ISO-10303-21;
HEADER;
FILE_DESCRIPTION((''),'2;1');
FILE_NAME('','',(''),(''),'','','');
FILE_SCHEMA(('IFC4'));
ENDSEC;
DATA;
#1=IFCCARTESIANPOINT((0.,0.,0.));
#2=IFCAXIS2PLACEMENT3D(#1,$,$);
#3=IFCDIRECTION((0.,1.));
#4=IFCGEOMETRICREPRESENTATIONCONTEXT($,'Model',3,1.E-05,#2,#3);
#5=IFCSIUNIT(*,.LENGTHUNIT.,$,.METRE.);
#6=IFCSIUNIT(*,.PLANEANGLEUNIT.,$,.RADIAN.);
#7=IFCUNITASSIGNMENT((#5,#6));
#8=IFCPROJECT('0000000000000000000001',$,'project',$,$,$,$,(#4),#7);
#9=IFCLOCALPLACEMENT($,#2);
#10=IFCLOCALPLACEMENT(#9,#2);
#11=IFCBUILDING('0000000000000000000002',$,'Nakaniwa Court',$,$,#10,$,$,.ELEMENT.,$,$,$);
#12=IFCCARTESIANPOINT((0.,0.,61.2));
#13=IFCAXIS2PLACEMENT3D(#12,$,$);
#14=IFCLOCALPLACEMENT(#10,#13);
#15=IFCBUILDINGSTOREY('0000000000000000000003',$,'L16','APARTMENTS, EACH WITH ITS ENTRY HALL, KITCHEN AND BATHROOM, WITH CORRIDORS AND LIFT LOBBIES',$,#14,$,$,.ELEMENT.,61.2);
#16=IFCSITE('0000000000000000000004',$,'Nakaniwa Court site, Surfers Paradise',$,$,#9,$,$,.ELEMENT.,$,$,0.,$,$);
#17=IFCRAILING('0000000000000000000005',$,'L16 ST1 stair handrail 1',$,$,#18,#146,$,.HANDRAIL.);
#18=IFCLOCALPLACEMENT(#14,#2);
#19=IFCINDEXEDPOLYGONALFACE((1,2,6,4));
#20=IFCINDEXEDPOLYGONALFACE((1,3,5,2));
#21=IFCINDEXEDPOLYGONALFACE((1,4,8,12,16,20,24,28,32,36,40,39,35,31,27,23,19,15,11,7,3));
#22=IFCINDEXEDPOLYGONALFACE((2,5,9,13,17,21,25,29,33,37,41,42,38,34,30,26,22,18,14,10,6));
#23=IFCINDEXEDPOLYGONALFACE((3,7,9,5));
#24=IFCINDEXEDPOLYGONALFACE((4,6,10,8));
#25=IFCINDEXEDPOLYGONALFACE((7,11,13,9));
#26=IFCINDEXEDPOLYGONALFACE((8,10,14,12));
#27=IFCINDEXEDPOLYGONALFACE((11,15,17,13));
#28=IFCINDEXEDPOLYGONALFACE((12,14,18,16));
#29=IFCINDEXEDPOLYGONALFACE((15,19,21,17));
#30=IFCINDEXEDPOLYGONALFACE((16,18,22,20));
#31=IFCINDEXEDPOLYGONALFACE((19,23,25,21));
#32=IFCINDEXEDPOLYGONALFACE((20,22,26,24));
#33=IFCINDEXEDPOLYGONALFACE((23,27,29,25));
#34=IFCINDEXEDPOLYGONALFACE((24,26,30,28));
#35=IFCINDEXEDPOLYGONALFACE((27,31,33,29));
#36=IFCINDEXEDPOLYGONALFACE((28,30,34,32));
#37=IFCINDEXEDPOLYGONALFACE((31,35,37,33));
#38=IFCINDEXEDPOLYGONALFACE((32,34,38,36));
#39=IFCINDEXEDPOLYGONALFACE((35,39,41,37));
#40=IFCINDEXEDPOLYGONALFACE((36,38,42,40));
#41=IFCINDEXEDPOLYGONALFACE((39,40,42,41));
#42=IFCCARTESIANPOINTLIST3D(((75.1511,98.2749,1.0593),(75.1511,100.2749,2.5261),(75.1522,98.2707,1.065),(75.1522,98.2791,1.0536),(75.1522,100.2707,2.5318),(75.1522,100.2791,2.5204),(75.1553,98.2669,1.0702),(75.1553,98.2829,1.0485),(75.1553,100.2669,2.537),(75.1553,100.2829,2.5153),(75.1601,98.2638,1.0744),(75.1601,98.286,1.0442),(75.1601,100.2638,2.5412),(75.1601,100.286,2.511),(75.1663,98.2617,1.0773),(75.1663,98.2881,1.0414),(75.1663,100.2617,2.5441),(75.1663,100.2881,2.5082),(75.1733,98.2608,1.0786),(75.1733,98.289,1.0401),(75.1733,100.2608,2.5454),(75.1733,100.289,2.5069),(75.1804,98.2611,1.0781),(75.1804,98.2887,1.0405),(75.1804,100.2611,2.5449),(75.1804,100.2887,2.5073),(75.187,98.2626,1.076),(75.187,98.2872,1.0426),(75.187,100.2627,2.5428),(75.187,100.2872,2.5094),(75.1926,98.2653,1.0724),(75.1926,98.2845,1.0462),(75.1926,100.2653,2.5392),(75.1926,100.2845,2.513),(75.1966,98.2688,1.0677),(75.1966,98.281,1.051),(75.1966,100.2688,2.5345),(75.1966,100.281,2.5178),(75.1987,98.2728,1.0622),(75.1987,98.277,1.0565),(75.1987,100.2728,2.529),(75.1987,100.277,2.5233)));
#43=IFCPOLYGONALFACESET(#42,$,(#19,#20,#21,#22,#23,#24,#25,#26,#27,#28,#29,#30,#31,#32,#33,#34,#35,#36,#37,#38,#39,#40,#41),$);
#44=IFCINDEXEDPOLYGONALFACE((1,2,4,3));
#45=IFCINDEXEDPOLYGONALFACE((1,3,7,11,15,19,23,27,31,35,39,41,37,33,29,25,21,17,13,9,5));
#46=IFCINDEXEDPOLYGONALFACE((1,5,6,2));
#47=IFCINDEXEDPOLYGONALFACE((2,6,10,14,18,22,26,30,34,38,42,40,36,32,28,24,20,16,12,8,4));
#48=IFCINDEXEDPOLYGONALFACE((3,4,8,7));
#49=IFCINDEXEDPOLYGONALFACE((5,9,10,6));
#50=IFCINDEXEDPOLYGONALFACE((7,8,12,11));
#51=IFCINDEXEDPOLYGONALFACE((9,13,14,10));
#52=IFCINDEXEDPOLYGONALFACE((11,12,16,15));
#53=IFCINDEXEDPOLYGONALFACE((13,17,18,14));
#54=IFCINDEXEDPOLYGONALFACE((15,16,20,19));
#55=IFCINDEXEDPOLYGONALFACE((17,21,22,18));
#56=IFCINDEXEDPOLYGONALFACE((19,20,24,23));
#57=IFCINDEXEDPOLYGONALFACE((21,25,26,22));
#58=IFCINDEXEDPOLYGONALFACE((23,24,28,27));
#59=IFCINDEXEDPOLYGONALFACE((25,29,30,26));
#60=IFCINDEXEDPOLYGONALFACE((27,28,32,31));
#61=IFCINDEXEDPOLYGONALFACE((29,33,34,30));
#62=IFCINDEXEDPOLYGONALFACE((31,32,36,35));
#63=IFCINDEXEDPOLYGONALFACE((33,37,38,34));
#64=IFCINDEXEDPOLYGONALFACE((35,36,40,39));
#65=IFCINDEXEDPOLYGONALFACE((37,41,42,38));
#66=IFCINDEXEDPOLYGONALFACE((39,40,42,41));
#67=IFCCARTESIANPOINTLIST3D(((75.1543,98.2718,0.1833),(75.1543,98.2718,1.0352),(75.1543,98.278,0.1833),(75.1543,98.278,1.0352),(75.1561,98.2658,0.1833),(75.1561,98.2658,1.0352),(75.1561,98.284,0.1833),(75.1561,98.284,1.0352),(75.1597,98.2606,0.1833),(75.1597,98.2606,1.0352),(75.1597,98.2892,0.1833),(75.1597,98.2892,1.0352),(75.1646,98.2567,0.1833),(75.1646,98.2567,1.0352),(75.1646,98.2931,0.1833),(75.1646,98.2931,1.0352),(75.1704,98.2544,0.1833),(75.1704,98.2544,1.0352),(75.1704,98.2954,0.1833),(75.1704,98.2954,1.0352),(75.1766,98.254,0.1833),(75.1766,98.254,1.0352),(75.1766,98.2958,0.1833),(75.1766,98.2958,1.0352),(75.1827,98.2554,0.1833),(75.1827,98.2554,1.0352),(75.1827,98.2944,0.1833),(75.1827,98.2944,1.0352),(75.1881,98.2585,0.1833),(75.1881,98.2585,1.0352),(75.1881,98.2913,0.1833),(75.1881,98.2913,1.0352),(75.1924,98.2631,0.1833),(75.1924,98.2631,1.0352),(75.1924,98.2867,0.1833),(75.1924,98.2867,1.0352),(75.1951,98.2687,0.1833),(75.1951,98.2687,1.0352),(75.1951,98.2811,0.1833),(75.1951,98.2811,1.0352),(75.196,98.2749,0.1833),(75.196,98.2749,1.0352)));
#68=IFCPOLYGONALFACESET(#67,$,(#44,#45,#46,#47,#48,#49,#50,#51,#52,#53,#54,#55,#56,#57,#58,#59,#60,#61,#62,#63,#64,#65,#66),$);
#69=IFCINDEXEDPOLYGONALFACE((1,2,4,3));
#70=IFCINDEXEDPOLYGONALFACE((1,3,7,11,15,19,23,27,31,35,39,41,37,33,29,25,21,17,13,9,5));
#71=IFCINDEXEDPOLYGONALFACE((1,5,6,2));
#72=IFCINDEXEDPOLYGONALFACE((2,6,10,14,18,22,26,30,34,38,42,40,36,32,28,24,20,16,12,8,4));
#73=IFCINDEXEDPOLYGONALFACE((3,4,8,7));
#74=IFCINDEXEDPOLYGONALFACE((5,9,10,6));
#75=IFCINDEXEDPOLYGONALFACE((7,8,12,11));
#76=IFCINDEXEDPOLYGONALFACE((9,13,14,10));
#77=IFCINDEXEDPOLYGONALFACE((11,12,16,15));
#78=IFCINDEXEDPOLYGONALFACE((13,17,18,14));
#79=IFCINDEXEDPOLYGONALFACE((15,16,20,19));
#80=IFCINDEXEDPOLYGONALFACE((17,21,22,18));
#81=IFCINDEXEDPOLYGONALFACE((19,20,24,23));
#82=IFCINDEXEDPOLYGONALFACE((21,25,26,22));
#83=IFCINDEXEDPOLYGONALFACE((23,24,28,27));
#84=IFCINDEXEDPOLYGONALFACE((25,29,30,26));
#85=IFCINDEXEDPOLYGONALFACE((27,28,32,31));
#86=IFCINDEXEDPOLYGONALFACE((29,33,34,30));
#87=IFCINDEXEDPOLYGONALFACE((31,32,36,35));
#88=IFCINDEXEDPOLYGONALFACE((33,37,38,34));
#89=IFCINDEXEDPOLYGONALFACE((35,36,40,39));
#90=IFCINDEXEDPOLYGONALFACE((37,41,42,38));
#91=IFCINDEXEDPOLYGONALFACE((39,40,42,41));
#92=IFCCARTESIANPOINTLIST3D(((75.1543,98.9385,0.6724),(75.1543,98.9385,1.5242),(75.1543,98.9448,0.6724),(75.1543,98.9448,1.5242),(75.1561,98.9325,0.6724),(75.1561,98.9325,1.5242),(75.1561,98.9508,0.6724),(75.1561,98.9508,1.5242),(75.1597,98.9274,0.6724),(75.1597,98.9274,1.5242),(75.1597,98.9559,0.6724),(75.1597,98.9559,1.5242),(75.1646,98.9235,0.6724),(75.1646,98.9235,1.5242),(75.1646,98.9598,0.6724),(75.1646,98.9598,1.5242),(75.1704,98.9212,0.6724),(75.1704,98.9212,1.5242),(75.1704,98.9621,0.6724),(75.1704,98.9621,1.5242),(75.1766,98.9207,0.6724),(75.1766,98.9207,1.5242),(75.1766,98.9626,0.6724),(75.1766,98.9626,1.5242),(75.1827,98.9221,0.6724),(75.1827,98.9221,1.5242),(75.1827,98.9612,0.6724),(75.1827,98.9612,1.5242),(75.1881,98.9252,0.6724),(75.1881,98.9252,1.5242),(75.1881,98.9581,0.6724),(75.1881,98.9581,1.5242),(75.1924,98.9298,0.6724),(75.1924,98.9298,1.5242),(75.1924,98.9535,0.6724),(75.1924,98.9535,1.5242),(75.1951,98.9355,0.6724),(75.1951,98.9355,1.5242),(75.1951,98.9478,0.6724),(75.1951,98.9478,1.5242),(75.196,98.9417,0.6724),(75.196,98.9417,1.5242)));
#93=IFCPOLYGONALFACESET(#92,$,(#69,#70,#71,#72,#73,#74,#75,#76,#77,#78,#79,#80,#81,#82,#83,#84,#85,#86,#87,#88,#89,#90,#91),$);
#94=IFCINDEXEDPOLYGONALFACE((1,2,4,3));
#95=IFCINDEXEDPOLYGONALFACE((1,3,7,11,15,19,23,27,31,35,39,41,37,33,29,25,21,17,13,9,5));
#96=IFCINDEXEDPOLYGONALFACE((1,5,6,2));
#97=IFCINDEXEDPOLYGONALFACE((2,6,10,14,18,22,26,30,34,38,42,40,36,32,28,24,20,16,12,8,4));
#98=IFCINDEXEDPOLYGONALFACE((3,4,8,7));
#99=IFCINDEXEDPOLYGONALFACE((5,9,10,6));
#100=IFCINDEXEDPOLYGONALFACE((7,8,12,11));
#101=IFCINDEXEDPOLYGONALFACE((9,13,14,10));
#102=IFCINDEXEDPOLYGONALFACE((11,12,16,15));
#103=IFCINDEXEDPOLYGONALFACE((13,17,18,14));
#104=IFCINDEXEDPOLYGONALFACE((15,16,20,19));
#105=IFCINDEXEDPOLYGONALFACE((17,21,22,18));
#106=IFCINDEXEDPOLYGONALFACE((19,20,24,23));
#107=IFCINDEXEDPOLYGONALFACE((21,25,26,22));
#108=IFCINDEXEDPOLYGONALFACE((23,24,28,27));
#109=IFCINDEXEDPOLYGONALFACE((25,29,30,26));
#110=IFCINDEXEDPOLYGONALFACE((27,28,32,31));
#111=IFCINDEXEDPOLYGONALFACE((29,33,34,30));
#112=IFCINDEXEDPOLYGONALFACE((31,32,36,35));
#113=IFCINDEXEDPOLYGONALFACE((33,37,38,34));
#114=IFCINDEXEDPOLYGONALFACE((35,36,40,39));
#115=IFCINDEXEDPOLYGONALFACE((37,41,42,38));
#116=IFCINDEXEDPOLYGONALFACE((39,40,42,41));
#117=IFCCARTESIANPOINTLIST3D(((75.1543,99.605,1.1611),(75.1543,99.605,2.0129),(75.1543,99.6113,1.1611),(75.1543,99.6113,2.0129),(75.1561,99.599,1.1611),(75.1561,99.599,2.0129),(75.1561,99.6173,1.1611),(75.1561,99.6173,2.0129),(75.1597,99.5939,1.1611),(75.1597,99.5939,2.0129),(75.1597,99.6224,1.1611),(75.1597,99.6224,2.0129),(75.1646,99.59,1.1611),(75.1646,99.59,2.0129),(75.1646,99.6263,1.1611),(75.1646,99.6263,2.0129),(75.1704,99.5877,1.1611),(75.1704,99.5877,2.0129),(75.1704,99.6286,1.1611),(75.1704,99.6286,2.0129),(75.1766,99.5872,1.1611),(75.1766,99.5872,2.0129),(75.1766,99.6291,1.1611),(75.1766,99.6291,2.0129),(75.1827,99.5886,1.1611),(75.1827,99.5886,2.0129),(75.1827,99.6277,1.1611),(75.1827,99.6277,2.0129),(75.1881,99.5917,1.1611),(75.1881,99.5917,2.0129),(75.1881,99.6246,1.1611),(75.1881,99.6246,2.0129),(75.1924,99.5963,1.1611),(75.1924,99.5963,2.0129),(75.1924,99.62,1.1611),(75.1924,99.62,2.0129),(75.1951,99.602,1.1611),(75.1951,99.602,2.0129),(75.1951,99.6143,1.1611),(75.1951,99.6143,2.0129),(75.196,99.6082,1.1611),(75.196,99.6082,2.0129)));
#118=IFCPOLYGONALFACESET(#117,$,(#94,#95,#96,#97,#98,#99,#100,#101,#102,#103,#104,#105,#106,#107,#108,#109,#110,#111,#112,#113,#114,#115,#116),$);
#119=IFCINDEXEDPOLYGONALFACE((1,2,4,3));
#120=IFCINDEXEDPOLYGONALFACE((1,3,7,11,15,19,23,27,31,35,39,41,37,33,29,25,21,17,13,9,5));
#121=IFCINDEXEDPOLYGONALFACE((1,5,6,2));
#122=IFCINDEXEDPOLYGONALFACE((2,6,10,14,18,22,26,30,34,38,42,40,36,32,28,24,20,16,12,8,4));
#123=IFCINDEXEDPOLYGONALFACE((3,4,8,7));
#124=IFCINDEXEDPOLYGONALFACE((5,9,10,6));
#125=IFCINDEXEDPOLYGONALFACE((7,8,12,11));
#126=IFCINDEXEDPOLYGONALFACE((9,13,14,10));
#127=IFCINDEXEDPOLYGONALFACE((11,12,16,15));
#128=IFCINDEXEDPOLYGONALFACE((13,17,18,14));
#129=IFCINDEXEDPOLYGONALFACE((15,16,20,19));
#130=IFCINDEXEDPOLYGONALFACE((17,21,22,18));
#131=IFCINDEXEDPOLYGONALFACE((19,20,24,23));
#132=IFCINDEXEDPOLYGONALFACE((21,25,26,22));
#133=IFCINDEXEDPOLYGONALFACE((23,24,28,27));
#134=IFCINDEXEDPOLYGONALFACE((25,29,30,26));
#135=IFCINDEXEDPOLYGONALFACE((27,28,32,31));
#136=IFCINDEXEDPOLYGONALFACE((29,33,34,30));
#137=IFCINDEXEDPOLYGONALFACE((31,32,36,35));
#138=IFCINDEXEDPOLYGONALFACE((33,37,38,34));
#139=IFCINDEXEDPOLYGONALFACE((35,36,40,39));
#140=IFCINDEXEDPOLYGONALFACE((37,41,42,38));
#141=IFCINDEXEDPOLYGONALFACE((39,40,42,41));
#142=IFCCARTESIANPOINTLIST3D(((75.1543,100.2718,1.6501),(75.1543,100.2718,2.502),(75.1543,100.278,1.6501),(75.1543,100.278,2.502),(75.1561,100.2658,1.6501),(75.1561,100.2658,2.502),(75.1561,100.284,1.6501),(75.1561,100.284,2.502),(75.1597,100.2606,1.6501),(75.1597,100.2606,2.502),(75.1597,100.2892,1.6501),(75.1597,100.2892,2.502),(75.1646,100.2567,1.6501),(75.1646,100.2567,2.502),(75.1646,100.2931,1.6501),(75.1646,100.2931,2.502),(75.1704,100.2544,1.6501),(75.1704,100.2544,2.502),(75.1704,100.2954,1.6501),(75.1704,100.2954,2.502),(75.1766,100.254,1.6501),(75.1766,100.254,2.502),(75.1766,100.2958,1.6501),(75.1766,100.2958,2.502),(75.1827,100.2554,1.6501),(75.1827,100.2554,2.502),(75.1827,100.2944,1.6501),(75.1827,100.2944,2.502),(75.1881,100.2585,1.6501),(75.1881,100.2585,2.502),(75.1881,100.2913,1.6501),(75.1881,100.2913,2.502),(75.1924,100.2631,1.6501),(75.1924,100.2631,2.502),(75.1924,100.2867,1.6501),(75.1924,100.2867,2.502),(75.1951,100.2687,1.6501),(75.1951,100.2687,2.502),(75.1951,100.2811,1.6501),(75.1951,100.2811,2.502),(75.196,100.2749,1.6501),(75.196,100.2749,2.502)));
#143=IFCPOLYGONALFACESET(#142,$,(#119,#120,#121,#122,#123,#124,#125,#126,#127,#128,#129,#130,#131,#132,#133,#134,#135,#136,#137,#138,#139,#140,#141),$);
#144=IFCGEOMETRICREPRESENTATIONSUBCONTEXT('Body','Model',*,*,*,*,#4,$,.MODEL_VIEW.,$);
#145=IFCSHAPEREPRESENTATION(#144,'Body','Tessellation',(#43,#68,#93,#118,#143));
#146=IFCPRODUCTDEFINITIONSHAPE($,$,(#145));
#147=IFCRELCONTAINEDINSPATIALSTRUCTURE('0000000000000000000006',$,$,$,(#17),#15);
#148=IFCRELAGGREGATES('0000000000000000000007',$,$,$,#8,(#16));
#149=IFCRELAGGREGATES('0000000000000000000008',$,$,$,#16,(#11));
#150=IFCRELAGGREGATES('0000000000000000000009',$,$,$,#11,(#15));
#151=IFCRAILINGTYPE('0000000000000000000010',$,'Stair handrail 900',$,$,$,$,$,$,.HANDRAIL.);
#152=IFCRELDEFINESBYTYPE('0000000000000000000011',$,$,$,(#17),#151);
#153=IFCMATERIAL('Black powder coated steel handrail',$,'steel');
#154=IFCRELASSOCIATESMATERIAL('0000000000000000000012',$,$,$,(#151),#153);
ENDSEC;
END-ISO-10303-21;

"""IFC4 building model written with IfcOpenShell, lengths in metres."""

from ifc_helpers import new_model, si_unit, direction, frame, origin, origin_2d, place, context, subcontext, project, spatial, circle, extrude, material, type_object, element, save


model = new_model("IFC4")

# Units and contexts
model_context = context("Model", 3, precision=1e-05, world=origin(), true_north=direction((0.0, 1.0)))
body_context = subcontext(model_context, "Body", "Model", "MODEL_VIEW")
ifc_project = project(units=[si_unit("LENGTHUNIT", "METRE"), si_unit("PLANEANGLEUNIT", "RADIAN")], contexts=[model_context])

# Site, building, storey
site_placement = place(None, origin())
site = spatial("IfcSite", under=ifc_project, at=site_placement, Name="Nakaniwa Court site, Surfers Paradise", CompositionType="ELEMENT", RefElevation=0.0)
building_placement = place(site_placement, origin())
building = spatial("IfcBuilding", under=site, at=building_placement, Name="Nakaniwa Court", CompositionType="ELEMENT")
storey_placement = place(building_placement, frame((0.0, 0.0, 61.2)))
storey = spatial("IfcBuildingStorey", under=building, at=storey_placement, Name="L16", Description="APARTMENTS, EACH WITH ITS ENTRY HALL, KITCHEN AND BATHROOM, WITH CORRIDORS AND LIFT LOBBIES", CompositionType="ELEMENT", Elevation=61.2)

# Railing
ifc_material_1 = material(Name="Black powder coated steel handrail", Category="steel")
railing_type_1 = type_object("IfcRailingType", Name="Stair handrail 900", PredefinedType="HANDRAIL", material=ifc_material_1)
railing_1_placement = place(storey_placement, frame((75.175, 98.2749, 0.1833)))
element("IfcRailing", 1, at=railing_1_placement, inside=storey, type_object=railing_type_1, Name="L16 ST1 stair handrail 1", PredefinedType="HANDRAIL", context=body_context, shape_type="SweptSolid", body=[
    extrude(circle(Radius=0.0239, at=origin_2d()), frame((0.0, 0.0, 0.876), z_axis=(0.0, 0.80638, 0.591398), x_axis=(-1.0, 0.0, 0.0)), (0.0, 0.0, 1.0), 2.4802),
    extrude(circle(Radius=0.021, at=origin_2d()), origin(), (0.0, 0.0, 1.0), 0.8518),
    extrude(circle(Radius=0.021, at=origin_2d()), frame((0.0, 0.6667, 0.489)), (0.0, 0.0, 1.0), 0.8518),
    extrude(circle(Radius=0.021, at=origin_2d()), frame((0.0, 1.3333, 0.9778)), (0.0, 0.0, 1.0), 0.8518),
    extrude(circle(Radius=0.021, at=origin_2d()), frame((0.0, 2.0, 1.4668)), (0.0, 0.0, 1.0), 0.8518),
])

save(model, "model.ifc")
